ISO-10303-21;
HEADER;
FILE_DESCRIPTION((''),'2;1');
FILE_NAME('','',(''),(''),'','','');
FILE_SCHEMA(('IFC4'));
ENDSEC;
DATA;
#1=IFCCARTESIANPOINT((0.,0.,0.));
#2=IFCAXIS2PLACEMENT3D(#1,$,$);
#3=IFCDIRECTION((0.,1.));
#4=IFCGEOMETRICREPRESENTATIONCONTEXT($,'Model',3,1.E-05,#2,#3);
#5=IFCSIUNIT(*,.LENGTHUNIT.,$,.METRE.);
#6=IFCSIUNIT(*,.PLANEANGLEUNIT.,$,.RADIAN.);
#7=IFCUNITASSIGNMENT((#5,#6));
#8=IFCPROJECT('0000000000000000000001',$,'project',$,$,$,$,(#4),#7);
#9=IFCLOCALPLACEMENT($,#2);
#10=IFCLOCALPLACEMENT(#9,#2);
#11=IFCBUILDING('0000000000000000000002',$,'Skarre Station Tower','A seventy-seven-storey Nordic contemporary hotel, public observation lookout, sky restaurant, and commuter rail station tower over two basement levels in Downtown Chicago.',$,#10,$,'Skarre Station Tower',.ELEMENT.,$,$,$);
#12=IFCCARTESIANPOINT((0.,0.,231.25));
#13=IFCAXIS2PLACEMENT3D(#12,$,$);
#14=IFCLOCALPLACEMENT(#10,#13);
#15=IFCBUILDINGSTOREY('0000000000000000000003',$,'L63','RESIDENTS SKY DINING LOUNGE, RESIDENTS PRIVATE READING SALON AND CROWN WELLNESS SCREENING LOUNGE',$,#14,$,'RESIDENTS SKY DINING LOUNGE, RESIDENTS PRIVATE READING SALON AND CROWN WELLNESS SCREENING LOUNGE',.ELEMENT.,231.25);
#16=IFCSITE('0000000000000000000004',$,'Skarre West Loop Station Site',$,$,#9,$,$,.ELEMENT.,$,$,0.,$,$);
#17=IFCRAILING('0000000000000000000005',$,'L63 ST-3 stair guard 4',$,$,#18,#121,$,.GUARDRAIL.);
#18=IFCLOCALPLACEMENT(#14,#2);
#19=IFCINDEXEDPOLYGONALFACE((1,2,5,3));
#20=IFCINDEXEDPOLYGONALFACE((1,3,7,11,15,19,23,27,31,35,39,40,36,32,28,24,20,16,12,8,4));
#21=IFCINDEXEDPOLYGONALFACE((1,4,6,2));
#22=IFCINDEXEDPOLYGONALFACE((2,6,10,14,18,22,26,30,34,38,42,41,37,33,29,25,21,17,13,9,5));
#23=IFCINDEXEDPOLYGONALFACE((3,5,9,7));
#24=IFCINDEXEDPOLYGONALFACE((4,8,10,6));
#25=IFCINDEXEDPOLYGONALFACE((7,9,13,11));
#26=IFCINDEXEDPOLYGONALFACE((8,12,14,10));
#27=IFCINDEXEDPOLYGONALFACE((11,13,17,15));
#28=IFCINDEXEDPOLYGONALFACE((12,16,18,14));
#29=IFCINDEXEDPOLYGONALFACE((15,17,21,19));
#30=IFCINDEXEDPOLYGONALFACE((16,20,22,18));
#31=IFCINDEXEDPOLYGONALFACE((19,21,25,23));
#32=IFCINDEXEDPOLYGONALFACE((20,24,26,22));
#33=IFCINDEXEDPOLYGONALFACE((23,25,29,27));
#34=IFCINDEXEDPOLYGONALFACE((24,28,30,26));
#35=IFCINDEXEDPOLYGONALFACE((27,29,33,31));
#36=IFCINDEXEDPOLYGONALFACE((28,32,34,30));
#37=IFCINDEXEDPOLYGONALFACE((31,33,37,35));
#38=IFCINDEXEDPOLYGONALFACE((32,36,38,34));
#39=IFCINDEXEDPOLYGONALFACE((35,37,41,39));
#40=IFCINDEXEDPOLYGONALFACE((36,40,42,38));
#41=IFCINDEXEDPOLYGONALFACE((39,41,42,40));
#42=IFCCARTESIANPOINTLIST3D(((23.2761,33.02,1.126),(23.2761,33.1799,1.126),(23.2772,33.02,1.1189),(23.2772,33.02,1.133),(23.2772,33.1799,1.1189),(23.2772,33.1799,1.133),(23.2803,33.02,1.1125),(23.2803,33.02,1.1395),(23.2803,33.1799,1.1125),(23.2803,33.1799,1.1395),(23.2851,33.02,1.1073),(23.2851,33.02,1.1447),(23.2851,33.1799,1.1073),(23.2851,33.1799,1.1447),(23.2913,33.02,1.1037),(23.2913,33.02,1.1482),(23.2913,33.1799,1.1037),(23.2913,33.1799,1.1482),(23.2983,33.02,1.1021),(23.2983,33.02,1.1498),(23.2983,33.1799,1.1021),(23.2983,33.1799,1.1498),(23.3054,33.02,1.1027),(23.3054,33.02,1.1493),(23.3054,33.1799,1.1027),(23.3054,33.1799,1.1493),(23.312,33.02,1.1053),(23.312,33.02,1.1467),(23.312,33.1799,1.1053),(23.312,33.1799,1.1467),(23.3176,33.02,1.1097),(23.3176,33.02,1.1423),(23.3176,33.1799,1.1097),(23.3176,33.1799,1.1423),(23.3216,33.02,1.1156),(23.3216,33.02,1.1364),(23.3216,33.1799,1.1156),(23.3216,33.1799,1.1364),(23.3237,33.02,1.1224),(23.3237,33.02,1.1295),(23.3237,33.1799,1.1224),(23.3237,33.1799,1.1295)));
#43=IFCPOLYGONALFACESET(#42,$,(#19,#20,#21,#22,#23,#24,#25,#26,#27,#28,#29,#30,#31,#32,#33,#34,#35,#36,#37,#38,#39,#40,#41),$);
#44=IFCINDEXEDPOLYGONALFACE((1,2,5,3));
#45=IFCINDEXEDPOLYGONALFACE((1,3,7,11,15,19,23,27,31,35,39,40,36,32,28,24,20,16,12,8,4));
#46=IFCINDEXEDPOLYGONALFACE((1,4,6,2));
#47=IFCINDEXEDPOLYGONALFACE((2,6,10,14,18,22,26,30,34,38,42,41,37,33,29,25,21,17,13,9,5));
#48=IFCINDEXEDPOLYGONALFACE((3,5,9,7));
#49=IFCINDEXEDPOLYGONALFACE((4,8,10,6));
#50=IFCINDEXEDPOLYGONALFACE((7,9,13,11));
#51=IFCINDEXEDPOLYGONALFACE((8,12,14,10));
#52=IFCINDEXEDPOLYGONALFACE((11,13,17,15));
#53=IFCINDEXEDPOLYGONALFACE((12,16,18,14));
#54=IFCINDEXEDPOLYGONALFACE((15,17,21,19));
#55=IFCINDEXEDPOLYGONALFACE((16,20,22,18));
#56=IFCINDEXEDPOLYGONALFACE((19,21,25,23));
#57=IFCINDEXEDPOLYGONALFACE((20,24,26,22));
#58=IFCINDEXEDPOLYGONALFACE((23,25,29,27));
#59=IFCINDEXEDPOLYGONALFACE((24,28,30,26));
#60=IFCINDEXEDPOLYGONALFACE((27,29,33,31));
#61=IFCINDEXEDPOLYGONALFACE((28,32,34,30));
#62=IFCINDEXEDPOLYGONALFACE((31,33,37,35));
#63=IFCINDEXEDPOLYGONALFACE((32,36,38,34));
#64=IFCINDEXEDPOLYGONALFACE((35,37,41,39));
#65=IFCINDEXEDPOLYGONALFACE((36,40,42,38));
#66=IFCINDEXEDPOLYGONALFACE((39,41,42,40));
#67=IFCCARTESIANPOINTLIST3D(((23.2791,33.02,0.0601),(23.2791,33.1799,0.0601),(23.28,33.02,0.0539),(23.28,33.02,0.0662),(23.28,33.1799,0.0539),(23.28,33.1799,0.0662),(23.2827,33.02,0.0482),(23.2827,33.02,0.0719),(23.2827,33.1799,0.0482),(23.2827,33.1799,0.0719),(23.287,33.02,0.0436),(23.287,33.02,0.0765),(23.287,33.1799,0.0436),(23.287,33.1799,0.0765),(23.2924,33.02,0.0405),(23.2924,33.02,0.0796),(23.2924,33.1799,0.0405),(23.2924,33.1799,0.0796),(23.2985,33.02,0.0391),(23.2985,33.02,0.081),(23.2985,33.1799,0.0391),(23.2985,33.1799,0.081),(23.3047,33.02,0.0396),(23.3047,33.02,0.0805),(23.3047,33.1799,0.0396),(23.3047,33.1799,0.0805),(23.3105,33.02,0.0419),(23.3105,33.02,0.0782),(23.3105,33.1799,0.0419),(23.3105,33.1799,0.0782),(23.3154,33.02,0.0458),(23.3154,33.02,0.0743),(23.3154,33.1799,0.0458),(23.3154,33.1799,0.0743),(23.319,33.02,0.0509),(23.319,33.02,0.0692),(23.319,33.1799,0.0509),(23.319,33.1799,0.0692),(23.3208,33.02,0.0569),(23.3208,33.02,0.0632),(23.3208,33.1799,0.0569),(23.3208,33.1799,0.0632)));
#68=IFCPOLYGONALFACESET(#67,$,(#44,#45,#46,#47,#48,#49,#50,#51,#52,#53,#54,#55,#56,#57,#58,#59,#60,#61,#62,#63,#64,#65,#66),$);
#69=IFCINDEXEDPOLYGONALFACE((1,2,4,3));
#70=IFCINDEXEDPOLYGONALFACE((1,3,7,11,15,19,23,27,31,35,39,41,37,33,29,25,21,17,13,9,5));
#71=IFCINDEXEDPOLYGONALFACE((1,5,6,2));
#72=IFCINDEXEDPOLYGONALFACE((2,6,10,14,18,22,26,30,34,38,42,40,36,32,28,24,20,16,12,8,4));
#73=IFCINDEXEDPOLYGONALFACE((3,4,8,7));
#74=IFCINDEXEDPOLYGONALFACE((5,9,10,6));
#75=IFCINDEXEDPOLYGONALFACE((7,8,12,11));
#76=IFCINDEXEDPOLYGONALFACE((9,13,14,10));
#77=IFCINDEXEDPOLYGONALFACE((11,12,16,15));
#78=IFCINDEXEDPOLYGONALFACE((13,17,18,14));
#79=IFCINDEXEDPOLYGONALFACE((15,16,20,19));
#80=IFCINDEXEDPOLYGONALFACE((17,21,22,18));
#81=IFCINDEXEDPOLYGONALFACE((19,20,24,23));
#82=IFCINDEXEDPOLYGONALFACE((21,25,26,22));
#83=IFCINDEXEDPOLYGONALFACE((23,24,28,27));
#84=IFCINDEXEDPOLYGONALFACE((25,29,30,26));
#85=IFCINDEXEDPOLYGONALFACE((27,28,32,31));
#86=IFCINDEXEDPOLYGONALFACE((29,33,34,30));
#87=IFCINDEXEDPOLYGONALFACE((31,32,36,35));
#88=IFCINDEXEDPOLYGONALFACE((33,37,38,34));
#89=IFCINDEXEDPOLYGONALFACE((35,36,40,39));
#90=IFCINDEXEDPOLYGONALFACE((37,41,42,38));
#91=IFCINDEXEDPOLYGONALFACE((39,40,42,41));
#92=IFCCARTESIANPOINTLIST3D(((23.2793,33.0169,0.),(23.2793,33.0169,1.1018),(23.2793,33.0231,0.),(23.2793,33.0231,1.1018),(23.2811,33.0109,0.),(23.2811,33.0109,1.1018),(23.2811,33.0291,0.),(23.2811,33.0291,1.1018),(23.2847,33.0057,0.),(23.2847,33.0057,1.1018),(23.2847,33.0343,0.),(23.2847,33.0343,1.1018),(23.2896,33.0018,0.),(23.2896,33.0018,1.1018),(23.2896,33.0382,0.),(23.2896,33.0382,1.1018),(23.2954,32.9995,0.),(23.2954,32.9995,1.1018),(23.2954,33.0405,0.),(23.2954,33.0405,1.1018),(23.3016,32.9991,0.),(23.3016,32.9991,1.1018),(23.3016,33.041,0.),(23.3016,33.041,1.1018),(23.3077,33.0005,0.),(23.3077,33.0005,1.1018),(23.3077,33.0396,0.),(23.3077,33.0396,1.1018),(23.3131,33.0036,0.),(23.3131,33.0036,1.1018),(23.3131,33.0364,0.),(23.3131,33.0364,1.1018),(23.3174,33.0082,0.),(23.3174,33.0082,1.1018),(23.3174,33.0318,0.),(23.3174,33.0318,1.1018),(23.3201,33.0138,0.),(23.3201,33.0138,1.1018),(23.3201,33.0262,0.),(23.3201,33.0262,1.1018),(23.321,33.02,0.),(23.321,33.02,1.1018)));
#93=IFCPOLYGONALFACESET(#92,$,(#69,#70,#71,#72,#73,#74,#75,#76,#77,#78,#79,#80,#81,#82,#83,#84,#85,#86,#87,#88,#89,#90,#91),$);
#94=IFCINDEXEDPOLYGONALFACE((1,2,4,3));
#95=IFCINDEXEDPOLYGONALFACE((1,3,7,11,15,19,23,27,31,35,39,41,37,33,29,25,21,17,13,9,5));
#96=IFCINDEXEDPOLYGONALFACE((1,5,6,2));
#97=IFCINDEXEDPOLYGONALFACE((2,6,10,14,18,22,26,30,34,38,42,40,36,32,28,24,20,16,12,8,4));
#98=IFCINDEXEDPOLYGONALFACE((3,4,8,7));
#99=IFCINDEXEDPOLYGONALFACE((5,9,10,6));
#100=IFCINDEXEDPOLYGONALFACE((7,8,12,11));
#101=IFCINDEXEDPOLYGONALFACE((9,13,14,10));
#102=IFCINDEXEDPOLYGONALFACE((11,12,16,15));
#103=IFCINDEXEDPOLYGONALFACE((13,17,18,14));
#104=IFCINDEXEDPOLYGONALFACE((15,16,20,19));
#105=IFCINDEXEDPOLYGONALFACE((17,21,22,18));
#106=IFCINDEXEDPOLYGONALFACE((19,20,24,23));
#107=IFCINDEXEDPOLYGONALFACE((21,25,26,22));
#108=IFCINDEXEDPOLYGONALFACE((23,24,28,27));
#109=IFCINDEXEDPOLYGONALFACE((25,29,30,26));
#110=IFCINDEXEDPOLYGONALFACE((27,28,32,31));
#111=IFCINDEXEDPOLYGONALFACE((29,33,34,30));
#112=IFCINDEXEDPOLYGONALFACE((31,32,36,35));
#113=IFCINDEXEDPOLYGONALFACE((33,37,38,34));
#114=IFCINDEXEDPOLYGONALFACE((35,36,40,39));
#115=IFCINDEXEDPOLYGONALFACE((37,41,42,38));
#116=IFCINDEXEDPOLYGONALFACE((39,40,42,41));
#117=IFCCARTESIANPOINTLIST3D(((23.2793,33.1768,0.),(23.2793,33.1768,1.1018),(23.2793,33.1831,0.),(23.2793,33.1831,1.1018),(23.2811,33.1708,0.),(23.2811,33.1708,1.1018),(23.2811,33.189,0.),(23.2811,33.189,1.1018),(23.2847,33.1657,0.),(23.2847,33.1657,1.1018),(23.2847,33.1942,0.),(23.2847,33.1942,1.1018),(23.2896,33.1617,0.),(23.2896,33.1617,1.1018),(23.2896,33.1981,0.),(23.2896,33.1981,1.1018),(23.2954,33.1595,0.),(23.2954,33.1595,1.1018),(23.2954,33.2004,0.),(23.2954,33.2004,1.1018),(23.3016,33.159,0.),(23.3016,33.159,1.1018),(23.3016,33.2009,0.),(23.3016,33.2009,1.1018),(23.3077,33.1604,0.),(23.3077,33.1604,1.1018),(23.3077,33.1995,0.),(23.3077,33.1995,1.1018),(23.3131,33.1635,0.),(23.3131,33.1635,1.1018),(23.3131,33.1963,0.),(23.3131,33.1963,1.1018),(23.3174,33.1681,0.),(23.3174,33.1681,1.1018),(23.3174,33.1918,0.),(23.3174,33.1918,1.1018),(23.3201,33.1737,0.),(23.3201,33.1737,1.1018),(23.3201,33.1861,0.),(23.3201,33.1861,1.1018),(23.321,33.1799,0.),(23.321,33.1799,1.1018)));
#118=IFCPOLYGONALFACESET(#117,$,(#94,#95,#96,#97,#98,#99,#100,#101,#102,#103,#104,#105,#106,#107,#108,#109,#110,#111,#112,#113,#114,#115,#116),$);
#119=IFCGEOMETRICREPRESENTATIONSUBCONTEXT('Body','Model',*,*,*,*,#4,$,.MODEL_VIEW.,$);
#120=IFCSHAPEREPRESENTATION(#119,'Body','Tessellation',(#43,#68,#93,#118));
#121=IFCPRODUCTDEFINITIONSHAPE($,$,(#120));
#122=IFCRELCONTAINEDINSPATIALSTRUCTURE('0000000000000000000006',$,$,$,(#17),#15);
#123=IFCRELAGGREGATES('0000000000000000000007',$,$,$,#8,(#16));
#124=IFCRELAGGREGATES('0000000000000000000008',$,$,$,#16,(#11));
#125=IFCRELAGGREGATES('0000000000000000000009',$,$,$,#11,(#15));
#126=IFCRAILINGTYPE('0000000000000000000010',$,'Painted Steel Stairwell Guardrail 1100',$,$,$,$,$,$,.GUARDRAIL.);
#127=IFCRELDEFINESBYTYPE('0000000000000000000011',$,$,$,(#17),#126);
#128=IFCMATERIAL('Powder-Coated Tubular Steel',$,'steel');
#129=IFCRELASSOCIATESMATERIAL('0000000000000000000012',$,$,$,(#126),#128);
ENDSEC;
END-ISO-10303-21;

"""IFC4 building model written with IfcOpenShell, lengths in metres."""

from ifc_helpers import new_model, si_unit, direction, frame, origin, origin_2d, place, context, subcontext, project, spatial, circle, extrude, material, type_object, element, save


model = new_model("IFC4")

# Units and contexts
model_context = context("Model", 3, precision=1e-05, world=origin(), true_north=direction((0.0, 1.0)))
body_context = subcontext(model_context, "Body", "Model", "MODEL_VIEW")
ifc_project = project(units=[si_unit("LENGTHUNIT", "METRE"), si_unit("PLANEANGLEUNIT", "RADIAN")], contexts=[model_context])

# Site, building, storey
site_placement = place(None, origin())
site = spatial("IfcSite", under=ifc_project, at=site_placement, Name="Skarre West Loop Station Site", CompositionType="ELEMENT", RefElevation=0.0)
building_placement = place(site_placement, origin())
building = spatial("IfcBuilding", under=site, at=building_placement, Name="Skarre Station Tower", Description="A seventy-seven-storey Nordic contemporary hotel, public observation lookout, sky restaurant, and commuter rail station tower over two basement levels in Downtown Chicago.", LongName="Skarre Station Tower", CompositionType="ELEMENT")
storey_placement = place(building_placement, frame((0.0, 0.0, 231.25)))
storey = spatial("IfcBuildingStorey", under=building, at=storey_placement, Name="L63", Description="RESIDENTS SKY DINING LOUNGE, RESIDENTS PRIVATE READING SALON AND CROWN WELLNESS SCREENING LOUNGE", LongName="RESIDENTS SKY DINING LOUNGE, RESIDENTS PRIVATE READING SALON AND CROWN WELLNESS SCREENING LOUNGE", CompositionType="ELEMENT", Elevation=231.25)

# Railing
ifc_material_1 = material(Name="Powder-Coated Tubular Steel", Category="steel")
railing_type_1 = type_object("IfcRailingType", Name="Painted Steel Stairwell Guardrail 1100", PredefinedType="GUARDRAIL", material=ifc_material_1)
railing_1_placement = place(storey_placement, frame((23.3, 33.02, 0.0)))
element("IfcRailing", 1, at=railing_1_placement, inside=storey, type_object=railing_type_1, Name="L63 ST-3 stair guard 4", PredefinedType="GUARDRAIL", context=body_context, shape_type="SweptSolid", body=[
    extrude(circle(Radius=0.0239, at=origin_2d()), frame((0.0, 0.0, 1.126), z_axis=(0.0, 1.0, 0.0), x_axis=(-1.0, 0.0, 0.0)), (0.0, 0.0, 1.0), 0.1599),
    extrude(circle(Radius=0.021, at=origin_2d()), frame((0.0, 0.0, 0.0601), z_axis=(0.0, 1.0, 0.0), x_axis=(-1.0, 0.0, 0.0)), (0.0, 0.0, 1.0), 0.1599),
    extrude(circle(Radius=0.021, at=origin_2d()), origin(), (0.0, 0.0, 1.0), 1.1018),
    extrude(circle(Radius=0.021, at=origin_2d()), frame((0.0, 0.1599, 0.0)), (0.0, 0.0, 1.0), 1.1018),
])

save(model, "model.ifc")
